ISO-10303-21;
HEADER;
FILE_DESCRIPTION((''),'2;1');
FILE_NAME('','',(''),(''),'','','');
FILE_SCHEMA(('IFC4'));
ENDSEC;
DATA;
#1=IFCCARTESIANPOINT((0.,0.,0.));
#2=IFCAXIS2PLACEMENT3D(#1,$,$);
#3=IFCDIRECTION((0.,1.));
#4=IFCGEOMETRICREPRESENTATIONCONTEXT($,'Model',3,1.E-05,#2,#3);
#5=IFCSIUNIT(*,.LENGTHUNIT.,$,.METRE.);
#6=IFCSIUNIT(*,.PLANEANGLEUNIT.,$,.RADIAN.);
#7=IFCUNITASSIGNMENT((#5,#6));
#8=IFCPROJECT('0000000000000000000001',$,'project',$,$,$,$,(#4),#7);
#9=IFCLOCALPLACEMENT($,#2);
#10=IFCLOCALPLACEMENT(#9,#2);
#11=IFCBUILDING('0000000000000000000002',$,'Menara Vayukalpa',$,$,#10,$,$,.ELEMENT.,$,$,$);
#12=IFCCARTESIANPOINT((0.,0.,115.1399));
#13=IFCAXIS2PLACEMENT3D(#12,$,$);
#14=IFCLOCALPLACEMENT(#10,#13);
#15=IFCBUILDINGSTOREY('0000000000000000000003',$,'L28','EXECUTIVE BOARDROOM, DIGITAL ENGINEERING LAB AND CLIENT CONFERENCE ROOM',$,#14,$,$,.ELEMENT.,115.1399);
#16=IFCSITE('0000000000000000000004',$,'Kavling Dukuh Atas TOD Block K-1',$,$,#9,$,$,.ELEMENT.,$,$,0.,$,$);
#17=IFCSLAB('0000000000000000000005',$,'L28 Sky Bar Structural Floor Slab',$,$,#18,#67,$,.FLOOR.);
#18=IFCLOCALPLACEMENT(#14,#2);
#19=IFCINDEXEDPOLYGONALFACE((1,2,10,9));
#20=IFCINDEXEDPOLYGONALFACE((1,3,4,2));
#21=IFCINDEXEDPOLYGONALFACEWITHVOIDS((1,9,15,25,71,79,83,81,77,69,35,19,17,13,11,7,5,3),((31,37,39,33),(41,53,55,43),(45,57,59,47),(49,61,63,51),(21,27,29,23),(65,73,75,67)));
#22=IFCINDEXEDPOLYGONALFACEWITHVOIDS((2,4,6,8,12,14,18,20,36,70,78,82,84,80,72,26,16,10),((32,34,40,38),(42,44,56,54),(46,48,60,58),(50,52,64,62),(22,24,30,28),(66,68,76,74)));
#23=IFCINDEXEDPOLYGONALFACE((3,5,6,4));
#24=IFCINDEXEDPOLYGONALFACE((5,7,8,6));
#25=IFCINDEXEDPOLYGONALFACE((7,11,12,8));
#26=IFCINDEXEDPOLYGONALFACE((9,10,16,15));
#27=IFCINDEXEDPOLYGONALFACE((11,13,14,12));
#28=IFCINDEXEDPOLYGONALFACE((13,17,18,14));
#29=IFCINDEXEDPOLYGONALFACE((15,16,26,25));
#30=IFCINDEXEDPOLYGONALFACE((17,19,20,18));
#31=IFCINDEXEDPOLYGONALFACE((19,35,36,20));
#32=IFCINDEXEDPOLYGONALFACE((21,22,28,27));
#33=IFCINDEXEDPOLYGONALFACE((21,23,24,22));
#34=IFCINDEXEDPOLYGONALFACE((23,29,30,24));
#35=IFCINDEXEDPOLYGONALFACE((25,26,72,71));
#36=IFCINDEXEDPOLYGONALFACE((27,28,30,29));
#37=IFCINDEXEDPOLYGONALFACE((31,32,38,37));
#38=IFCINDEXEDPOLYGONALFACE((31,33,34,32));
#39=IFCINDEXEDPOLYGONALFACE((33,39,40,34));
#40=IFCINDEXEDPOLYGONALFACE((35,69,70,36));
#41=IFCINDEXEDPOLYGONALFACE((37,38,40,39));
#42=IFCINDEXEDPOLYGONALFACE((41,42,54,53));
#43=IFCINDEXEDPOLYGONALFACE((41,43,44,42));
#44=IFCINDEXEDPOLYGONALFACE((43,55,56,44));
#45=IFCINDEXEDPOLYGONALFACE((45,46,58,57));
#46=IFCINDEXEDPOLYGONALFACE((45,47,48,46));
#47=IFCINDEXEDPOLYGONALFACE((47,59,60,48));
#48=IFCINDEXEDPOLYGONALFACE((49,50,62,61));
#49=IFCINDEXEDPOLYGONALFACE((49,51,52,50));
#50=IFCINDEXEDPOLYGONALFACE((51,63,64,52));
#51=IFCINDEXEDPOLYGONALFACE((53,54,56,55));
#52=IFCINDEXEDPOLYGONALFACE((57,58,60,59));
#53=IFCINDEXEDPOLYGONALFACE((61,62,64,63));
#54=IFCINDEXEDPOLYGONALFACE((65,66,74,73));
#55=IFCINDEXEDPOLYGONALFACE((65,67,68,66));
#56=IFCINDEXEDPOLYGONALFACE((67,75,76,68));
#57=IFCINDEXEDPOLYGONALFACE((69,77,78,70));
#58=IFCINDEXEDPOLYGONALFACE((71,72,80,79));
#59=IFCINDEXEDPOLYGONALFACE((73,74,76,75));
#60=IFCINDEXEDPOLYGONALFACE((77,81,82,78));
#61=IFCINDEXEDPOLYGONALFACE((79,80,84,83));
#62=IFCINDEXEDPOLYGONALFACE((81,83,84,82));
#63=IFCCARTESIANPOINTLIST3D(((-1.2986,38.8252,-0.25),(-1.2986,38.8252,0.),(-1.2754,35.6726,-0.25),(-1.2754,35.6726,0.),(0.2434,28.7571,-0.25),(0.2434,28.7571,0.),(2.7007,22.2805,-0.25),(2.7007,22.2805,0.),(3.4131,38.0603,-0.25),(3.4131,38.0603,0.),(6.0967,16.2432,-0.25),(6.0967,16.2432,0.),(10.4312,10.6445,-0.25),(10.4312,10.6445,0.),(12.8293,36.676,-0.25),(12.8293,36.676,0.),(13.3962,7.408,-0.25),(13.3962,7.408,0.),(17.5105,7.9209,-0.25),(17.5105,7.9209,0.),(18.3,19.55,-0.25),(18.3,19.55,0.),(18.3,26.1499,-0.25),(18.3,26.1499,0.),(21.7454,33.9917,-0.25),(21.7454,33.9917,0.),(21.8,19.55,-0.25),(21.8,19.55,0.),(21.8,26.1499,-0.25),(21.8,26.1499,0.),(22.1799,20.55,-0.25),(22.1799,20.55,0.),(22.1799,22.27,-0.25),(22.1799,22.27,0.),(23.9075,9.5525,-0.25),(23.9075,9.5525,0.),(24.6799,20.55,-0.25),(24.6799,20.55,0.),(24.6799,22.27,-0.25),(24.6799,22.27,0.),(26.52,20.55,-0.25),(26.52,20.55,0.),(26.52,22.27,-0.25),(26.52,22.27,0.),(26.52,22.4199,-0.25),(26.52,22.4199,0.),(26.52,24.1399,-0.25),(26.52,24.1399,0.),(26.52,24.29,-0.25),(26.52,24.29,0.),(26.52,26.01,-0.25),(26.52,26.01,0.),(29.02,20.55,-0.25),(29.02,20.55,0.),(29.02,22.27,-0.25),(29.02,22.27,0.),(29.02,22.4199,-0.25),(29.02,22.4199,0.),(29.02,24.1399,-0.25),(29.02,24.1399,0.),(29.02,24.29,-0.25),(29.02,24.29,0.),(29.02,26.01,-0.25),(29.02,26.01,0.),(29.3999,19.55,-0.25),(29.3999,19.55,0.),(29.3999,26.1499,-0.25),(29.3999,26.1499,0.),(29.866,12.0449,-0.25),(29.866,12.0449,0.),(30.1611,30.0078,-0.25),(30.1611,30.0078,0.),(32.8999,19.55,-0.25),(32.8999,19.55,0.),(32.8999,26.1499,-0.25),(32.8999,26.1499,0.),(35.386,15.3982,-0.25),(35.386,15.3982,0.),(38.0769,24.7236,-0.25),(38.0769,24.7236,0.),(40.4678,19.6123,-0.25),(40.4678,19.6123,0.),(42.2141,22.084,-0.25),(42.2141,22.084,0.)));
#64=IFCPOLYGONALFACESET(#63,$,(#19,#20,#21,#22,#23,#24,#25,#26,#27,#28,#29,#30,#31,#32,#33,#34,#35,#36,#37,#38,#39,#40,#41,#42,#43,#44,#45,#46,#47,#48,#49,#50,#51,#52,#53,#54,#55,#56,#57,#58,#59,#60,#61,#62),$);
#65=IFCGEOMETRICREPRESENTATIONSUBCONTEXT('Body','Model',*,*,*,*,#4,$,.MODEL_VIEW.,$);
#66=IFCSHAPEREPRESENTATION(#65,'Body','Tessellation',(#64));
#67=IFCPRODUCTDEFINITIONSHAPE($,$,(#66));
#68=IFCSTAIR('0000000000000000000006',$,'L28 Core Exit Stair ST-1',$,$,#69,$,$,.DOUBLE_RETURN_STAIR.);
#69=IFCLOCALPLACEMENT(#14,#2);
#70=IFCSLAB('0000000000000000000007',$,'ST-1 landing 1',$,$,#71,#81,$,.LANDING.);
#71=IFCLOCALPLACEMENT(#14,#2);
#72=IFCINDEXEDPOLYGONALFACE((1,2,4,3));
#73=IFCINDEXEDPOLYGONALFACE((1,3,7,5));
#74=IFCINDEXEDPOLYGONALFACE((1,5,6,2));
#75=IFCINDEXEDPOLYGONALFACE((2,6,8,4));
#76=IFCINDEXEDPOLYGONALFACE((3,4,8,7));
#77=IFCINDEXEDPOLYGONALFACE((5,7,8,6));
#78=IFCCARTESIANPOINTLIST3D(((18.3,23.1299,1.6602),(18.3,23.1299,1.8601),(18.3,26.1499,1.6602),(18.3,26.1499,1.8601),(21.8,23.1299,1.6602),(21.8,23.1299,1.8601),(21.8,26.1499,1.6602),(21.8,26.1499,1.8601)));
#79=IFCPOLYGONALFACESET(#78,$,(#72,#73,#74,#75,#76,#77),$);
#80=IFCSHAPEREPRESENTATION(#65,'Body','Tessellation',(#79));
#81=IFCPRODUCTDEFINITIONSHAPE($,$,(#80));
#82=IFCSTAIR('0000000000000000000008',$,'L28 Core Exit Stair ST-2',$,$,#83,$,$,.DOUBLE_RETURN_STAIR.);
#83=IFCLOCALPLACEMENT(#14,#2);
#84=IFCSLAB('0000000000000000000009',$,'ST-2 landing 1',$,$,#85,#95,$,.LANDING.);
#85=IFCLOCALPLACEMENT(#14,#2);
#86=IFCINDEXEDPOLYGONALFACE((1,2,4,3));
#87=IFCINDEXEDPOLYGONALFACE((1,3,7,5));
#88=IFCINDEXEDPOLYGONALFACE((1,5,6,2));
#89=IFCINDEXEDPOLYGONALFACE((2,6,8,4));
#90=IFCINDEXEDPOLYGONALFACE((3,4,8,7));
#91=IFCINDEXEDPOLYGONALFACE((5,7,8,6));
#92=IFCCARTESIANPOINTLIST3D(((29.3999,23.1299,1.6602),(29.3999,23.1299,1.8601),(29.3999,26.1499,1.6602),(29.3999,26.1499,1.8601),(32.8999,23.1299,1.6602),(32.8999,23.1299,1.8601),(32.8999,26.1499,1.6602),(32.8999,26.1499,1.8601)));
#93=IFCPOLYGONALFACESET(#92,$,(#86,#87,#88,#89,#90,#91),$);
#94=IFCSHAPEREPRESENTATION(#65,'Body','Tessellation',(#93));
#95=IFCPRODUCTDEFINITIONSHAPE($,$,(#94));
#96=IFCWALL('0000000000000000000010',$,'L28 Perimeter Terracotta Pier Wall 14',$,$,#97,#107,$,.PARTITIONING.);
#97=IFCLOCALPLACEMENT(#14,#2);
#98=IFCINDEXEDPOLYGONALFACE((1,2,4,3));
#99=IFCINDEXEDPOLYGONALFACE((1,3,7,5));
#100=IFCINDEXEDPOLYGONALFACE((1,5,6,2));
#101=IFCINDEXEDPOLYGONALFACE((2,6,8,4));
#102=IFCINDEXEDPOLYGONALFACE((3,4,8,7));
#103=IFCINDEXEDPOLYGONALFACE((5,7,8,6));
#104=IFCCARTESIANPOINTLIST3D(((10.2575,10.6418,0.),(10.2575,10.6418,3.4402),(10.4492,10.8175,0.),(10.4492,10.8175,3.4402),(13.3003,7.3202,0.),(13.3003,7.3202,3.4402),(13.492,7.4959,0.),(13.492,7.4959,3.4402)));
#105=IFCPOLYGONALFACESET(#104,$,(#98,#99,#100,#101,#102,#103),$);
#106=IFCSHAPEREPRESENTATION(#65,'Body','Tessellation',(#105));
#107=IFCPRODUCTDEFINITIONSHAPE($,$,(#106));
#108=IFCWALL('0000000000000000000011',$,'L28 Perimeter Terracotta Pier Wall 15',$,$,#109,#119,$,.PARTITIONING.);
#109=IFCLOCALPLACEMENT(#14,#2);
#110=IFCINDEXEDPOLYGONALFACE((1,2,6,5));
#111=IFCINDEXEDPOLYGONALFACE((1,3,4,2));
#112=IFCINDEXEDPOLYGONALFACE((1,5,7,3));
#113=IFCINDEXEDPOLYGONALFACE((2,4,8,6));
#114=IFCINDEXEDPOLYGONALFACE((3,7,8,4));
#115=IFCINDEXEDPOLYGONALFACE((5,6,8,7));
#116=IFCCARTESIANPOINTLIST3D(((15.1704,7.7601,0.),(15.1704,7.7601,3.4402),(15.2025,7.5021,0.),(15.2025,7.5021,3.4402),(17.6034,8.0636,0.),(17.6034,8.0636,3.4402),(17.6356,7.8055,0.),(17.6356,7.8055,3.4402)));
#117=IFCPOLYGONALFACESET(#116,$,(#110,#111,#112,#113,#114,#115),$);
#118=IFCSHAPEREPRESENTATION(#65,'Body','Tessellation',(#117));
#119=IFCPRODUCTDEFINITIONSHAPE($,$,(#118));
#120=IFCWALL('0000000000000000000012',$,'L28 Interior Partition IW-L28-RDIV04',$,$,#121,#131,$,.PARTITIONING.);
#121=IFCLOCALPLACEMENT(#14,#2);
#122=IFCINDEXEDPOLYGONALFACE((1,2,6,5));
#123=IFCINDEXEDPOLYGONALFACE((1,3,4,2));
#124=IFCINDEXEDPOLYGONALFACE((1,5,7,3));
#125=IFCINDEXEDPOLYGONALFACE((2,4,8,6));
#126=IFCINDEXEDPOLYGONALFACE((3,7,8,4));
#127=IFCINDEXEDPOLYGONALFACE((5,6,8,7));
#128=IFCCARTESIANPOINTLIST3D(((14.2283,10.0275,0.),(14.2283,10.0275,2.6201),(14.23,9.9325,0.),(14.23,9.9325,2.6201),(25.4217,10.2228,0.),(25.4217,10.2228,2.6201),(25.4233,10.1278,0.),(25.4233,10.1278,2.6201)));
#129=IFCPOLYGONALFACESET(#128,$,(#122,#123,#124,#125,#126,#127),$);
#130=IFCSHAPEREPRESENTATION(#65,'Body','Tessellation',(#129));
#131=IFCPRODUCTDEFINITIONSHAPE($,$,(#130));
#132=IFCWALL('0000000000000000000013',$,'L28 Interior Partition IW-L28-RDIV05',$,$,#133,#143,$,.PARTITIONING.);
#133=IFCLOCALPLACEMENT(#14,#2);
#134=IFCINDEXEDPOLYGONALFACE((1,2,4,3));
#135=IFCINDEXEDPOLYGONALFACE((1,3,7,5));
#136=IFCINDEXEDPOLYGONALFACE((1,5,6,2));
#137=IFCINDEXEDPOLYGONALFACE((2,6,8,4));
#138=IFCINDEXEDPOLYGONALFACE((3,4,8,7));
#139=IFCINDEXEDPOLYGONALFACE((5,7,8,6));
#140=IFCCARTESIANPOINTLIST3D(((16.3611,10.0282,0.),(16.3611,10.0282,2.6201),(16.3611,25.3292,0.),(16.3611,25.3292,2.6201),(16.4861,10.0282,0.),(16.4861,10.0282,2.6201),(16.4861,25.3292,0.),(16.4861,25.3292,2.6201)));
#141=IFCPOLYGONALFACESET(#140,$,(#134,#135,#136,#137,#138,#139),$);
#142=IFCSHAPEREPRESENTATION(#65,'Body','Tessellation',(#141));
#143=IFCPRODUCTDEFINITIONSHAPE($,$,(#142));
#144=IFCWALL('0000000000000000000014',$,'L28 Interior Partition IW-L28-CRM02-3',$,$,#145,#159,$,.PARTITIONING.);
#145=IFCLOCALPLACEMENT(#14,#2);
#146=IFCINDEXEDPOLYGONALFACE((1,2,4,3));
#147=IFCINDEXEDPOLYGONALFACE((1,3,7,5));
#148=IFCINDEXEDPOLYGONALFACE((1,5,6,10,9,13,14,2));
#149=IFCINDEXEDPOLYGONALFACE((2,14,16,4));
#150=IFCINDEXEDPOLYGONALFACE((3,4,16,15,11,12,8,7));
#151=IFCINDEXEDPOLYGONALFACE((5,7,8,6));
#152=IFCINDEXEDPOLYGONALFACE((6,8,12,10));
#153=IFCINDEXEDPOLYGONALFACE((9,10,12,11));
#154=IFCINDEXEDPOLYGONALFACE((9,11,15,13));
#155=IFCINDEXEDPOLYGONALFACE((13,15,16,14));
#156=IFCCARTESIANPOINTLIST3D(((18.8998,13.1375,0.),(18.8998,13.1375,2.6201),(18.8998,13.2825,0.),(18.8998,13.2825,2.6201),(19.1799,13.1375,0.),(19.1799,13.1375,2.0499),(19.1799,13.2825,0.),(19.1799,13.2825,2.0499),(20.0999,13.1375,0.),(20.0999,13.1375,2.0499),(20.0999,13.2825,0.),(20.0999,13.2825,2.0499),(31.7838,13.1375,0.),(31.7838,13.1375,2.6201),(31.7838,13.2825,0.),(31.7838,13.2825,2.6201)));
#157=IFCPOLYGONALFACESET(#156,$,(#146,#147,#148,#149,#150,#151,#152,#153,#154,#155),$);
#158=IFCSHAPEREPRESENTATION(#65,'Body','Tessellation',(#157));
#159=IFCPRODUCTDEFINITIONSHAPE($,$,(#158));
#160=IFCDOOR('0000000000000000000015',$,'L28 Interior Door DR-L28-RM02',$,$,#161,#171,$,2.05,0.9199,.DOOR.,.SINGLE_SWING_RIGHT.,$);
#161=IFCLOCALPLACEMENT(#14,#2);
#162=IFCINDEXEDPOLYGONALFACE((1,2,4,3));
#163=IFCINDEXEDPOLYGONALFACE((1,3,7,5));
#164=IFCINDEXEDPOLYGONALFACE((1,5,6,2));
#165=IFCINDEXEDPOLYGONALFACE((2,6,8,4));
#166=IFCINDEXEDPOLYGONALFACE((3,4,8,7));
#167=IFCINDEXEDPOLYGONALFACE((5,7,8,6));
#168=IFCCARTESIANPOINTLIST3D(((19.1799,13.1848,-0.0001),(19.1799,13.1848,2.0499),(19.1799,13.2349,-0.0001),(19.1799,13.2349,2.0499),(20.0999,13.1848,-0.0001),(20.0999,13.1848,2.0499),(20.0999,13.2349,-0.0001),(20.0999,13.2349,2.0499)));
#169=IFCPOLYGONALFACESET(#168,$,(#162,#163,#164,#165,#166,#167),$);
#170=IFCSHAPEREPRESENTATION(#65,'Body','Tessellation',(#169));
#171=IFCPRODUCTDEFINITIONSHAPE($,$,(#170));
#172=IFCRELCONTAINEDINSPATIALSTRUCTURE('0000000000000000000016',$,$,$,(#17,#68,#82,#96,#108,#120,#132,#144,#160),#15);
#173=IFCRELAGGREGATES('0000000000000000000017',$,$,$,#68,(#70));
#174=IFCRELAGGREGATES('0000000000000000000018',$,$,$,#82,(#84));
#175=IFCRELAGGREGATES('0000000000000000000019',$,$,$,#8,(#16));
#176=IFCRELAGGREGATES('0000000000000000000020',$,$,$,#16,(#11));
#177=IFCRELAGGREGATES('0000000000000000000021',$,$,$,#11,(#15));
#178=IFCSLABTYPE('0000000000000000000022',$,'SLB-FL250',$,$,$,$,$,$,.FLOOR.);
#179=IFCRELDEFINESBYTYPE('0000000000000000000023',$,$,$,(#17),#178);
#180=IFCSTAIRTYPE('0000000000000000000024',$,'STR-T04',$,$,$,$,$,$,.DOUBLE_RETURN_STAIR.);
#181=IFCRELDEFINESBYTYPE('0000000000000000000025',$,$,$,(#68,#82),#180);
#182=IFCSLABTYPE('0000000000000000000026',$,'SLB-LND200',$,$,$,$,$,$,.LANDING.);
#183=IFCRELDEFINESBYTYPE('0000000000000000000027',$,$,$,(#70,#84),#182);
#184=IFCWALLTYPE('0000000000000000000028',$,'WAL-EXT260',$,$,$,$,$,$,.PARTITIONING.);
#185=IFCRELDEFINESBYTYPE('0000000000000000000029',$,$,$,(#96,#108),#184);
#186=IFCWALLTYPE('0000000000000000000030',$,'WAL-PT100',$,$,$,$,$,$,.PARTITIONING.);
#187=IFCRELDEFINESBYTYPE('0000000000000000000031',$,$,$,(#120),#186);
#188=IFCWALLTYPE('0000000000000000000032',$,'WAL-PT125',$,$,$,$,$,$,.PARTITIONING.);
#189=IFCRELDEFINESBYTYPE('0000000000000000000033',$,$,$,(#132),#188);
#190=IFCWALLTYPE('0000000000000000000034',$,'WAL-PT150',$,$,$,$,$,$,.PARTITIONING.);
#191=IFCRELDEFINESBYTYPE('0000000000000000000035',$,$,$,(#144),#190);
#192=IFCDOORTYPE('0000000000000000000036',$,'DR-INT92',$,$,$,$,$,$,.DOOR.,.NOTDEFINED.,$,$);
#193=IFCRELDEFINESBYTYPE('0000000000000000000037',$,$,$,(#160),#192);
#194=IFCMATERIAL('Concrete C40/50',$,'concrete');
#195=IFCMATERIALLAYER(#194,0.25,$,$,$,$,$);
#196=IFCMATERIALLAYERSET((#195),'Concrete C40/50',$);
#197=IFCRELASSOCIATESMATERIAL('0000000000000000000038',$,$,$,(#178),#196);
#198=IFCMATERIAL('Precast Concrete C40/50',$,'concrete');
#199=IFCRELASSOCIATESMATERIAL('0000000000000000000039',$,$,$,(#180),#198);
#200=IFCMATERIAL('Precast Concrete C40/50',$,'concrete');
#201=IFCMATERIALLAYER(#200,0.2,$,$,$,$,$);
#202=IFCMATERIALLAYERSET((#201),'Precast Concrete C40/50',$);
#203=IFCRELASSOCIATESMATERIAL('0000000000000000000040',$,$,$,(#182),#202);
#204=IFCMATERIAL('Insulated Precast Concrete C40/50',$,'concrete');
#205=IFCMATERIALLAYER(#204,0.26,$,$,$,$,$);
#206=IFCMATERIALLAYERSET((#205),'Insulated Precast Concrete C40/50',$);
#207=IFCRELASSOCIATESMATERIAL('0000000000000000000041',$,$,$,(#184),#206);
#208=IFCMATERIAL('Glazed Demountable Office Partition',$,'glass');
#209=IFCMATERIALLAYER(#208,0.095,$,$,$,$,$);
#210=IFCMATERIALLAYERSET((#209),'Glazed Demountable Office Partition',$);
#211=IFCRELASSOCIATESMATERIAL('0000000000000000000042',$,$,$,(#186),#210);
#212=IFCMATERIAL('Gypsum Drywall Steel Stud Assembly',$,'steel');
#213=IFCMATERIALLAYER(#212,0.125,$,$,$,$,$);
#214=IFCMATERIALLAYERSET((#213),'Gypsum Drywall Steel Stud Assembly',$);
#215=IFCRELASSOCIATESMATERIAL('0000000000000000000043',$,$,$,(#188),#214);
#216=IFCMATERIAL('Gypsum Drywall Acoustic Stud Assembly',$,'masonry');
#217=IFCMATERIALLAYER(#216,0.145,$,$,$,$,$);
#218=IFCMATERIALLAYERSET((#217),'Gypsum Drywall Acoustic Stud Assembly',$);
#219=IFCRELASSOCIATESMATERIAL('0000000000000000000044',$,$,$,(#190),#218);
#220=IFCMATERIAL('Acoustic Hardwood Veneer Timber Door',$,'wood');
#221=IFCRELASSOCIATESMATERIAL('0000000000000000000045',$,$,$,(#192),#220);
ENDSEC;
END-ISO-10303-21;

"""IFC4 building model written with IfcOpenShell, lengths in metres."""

from ifc_helpers import new_model, si_unit, direction, frame, frame_2d, origin, place, context, subcontext, project, spatial, polyline, rectangle, outline, extrude, material, layer, layer_set, type_object, element, fill, aggregate, save


model = new_model("IFC4")

# Units and contexts
model_context = context("Model", 3, precision=1e-05, world=origin(), true_north=direction((0.0, 1.0)))
body_context = subcontext(model_context, "Body", "Model", "MODEL_VIEW")
ifc_project = project(units=[si_unit("LENGTHUNIT", "METRE"), si_unit("PLANEANGLEUNIT", "RADIAN")], contexts=[model_context])

# Site, building, storey
site_placement = place(None, origin())
site = spatial("IfcSite", under=ifc_project, at=site_placement, Name="Kavling Dukuh Atas TOD Block K-1", CompositionType="ELEMENT", RefElevation=0.0)
building_placement = place(site_placement, origin())
building = spatial("IfcBuilding", under=site, at=building_placement, Name="Menara Vayukalpa", CompositionType="ELEMENT")
storey_placement = place(building_placement, frame((0.0, 0.0, 115.1399)))
storey = spatial("IfcBuildingStorey", under=building, at=storey_placement, Name="L28", Description="EXECUTIVE BOARDROOM, DIGITAL ENGINEERING LAB AND CLIENT CONFERENCE ROOM", CompositionType="ELEMENT", Elevation=115.1399)

# Slab
ifc_material_1 = material(Name="Concrete C40/50", Category="concrete")
ifc_layer_1 = layer(ifc_material_1, 0.25)
ifc_layer_set_1 = layer_set([ifc_layer_1], Name="Concrete C40/50")
slab_type_1 = type_object("IfcSlabType", Name="SLB-FL250", PredefinedType="FLOOR", material=ifc_layer_set_1)
slab_1_placement = place(storey_placement, frame((0.0, 0.0, -0.25)))
element("IfcSlab", 1, at=slab_1_placement, inside=storey, type_object=slab_type_1, Name="L28 Sky Bar Structural Floor Slab", PredefinedType="FLOOR", context=body_context, shape_type="SweptSolid", body=[
    extrude(outline(polyline([(40.4678, 19.6123), (42.2141, 22.084), (38.0769, 24.7236), (30.1611, 30.0078), (21.7454, 33.9917), (12.8293, 36.676), (3.4131, 38.0603), (-1.2986, 38.8252), (-1.2754, 35.6726), (0.2434, 28.7571), (2.7007, 22.2805), (6.0967, 16.2432), (10.4312, 10.6445), (13.3962, 7.408), (17.5105, 7.9209), (23.9075, 9.5525), (29.866, 12.0449), (35.386, 15.3982), (40.4678, 19.6123)]), holes=[polyline([(21.8, 19.55), (21.8, 26.1499), (18.3, 26.1499), (18.3, 19.55), (21.8, 19.55)]), polyline([(32.8999, 19.55), (32.8999, 26.1499), (29.3999, 26.1499), (29.3999, 19.55), (32.8999, 19.55)]), polyline([(22.1799, 20.55), (24.6799, 20.55), (24.6799, 22.27), (22.1799, 22.27), (22.1799, 20.55)]), polyline([(26.52, 20.55), (29.02, 20.55), (29.02, 22.27), (26.52, 22.27), (26.52, 20.55)]), polyline([(26.52, 24.29), (29.02, 24.29), (29.02, 26.01), (26.52, 26.01), (26.52, 24.29)]), polyline([(26.52, 22.4199), (29.02, 22.4199), (29.02, 24.1399), (26.52, 24.1399), (26.52, 22.4199)])]), origin(), (0.0, 0.0, 1.0), 0.25),
])

# Stairs, slabs
ifc_material_2 = material(Name="Precast Concrete C40/50", Category="concrete")
stair_type = type_object("IfcStairType", Name="STR-T04", PredefinedType="DOUBLE_RETURN_STAIR", material=ifc_material_2)
stair_1_placement = place(storey_placement, origin())
stair_1 = element("IfcStair", 2, at=stair_1_placement, inside=storey, type_object=stair_type, Name="L28 Core Exit Stair ST-1", PredefinedType="DOUBLE_RETURN_STAIR")
ifc_material_3 = material(Name="Precast Concrete C40/50", Category="concrete")
ifc_layer_2 = layer(ifc_material_3, 0.2)
ifc_layer_set_2 = layer_set([ifc_layer_2], Name="Precast Concrete C40/50")
slab_type_2 = type_object("IfcSlabType", Name="SLB-LND200", PredefinedType="LANDING", material=ifc_layer_set_2)
slab_2_placement = place(storey_placement, frame((0.0, 0.0, 1.6602)))
slab_2 = element("IfcSlab", 3, at=slab_2_placement, type_object=slab_type_2, Name="ST-1 landing 1", PredefinedType="LANDING", context=body_context, shape_type="SweptSolid", body=[
    extrude(outline(polyline([(21.8, 23.1299), (21.8, 26.1499), (18.3, 26.1499), (18.3, 23.1299), (21.8, 23.1299)])), origin(), (0.0, 0.0, 1.0), 0.2),
])
aggregate(stair_1, [slab_2])
stair_2_placement = place(storey_placement, origin())
stair_2 = element("IfcStair", 4, at=stair_2_placement, inside=storey, type_object=stair_type, Name="L28 Core Exit Stair ST-2", PredefinedType="DOUBLE_RETURN_STAIR")
slab_3_placement = place(storey_placement, frame((0.0, 0.0, 1.6602)))
slab_3 = element("IfcSlab", 5, at=slab_3_placement, type_object=slab_type_2, Name="ST-2 landing 1", PredefinedType="LANDING", context=body_context, shape_type="SweptSolid", body=[
    extrude(outline(polyline([(32.8999, 23.1299), (32.8999, 26.1499), (29.3999, 26.1499), (29.3999, 23.1299), (32.8999, 23.1299)])), origin(), (0.0, 0.0, 1.0), 0.2),
])
aggregate(stair_2, [slab_3])

# Walls
ifc_material_4 = material(Name="Insulated Precast Concrete C40/50", Category="concrete")
ifc_layer_3 = layer(ifc_material_4, 0.26)
ifc_layer_set_3 = layer_set([ifc_layer_3], Name="Insulated Precast Concrete C40/50")
wall_type_1 = type_object("IfcWallType", Name="WAL-EXT260", PredefinedType="PARTITIONING", material=ifc_layer_set_3)
wall_1_placement = place(storey_placement, frame((13.3962, 7.408, 0.0), z_axis=(0.0, 0.0, 1.0), x_axis=(-0.675482, 0.737377, 0.0)))
element("IfcWall", 6, at=wall_1_placement, inside=storey, type_object=wall_type_1, Name="L28 Perimeter Terracotta Pier Wall 14", PredefinedType="PARTITIONING", context=body_context, shape_type="SweptSolid", body=[
    extrude(rectangle(XDim=4.5046, YDim=0.26, at=frame_2d((2.2524, 0.0))), origin(), (0.0, 0.0, 1.0), 3.4402),
])
wall_2_placement = place(storey_placement, frame((17.6196, 7.9346, 0.0), z_axis=(0.0, 0.0, 1.0), x_axis=(-0.992312, -0.123765, 0.0)))
element("IfcWall", 7, at=wall_2_placement, inside=storey, type_object=wall_type_1, Name="L28 Perimeter Terracotta Pier Wall 15", PredefinedType="PARTITIONING", context=body_context, shape_type="SweptSolid", body=[
    extrude(rectangle(XDim=2.4519, YDim=0.26, at=frame_2d((1.2261, 0.0))), origin(), (0.0, 0.0, 1.0), 3.4402),
])
ifc_material_5 = material(Name="Glazed Demountable Office Partition", Category="glass")
ifc_layer_4 = layer(ifc_material_5, 0.095)
ifc_layer_set_4 = layer_set([ifc_layer_4], Name="Glazed Demountable Office Partition")
wall_type_2 = type_object("IfcWallType", Name="WAL-PT100", PredefinedType="PARTITIONING", material=ifc_layer_set_4)
wall_3_placement = place(storey_placement, frame((14.229, 9.98, 0.0), z_axis=(0.0, 0.0, 1.0), x_axis=(0.999848, 0.017446, 0.0)))
element("IfcWall", 8, at=wall_3_placement, inside=storey, type_object=wall_type_2, Name="L28 Interior Partition IW-L28-RDIV04", PredefinedType="PARTITIONING", context=body_context, shape_type="SweptSolid", body=[
    extrude(rectangle(XDim=11.1951, YDim=0.095, at=frame_2d((5.5977, 0.0))), origin(), (0.0, 0.0, 1.0), 2.6201),
])
ifc_material_6 = material(Name="Gypsum Drywall Steel Stud Assembly", Category="steel")
ifc_layer_5 = layer(ifc_material_6, 0.125)
ifc_layer_set_5 = layer_set([ifc_layer_5], Name="Gypsum Drywall Steel Stud Assembly")
wall_type_3 = type_object("IfcWallType", Name="WAL-PT125", PredefinedType="PARTITIONING", material=ifc_layer_set_5)
wall_4_placement = place(storey_placement, frame((16.4236, 10.0283, 0.0), z_axis=(0.0, 0.0, 1.0), x_axis=(0.0, 1.0, 0.0)))
element("IfcWall", 9, at=wall_4_placement, inside=storey, type_object=wall_type_3, Name="L28 Interior Partition IW-L28-RDIV05", PredefinedType="PARTITIONING", context=body_context, shape_type="SweptSolid", body=[
    extrude(rectangle(XDim=15.301, YDim=0.125, at=frame_2d((7.6504, 0.0))), origin(), (0.0, 0.0, 1.0), 2.6201),
])

# Wall, opening, door
ifc_material_7 = material(Name="Gypsum Drywall Acoustic Stud Assembly", Category="masonry")
ifc_layer_6 = layer(ifc_material_7, 0.145)
ifc_layer_set_6 = layer_set([ifc_layer_6], Name="Gypsum Drywall Acoustic Stud Assembly")
wall_type_4 = type_object("IfcWallType", Name="WAL-PT150", PredefinedType="PARTITIONING", material=ifc_layer_set_6)
wall_5_placement = place(storey_placement, frame((18.8999, 13.21, 0.0), z_axis=(0.0, 0.0, 1.0), x_axis=(1.0, 0.0, 0.0)))
wall_5 = element("IfcWall", 10, at=wall_5_placement, inside=storey, type_object=wall_type_4, Name="L28 Interior Partition IW-L28-CRM02-3", PredefinedType="PARTITIONING", context=body_context, shape_type="SweptSolid", body=[
    extrude(rectangle(XDim=12.884, YDim=0.145, at=frame_2d((6.4419, 0.0))), origin(), (0.0, 0.0, 1.0), 2.6201),
])
opening_placement = place(wall_5_placement, frame((0.28, 0.0, 0.0)))
opening = element("IfcOpeningElement", 11, at=opening_placement, cuts=wall_5, PredefinedType="OPENING", context=body_context, shape_type="SweptSolid", body=[
    extrude(rectangle(XDim=0.9199, YDim=2.05, at=frame_2d((0.46, 1.0249))), frame((0.0, 0.0825, 0.0), z_axis=(0.0, -1.0, 0.0), x_axis=(1.0, 0.0, 0.0)), (0.0, 0.0, 1.0), 0.165),
])
ifc_material_8 = material(Name="Acoustic Hardwood Veneer Timber Door", Category="wood")
door_type = type_object("IfcDoorType", Name="DR-INT92", OperationType="NOTDEFINED", PredefinedType="DOOR", material=ifc_material_8)
door_placement = place(opening_placement, origin())
door = element("IfcDoor", 12, at=door_placement, inside=storey, type_object=door_type, Name="L28 Interior Door DR-L28-RM02", OperationType="SINGLE_SWING_RIGHT", OverallHeight=2.05, OverallWidth=0.9199, PredefinedType="DOOR", context=body_context, shape_type="SweptSolid", body=[
    extrude(rectangle(XDim=0.9199, YDim=2.05, at=frame_2d((0.46, 1.0249))), frame((0.0, 0.0249, 0.0), z_axis=(0.0, -1.0, 0.0), x_axis=(1.0, 0.0, 0.0)), (0.0, 0.0, 1.0), 0.05),
])
fill(opening, door)

save(model, "model.ifc")
